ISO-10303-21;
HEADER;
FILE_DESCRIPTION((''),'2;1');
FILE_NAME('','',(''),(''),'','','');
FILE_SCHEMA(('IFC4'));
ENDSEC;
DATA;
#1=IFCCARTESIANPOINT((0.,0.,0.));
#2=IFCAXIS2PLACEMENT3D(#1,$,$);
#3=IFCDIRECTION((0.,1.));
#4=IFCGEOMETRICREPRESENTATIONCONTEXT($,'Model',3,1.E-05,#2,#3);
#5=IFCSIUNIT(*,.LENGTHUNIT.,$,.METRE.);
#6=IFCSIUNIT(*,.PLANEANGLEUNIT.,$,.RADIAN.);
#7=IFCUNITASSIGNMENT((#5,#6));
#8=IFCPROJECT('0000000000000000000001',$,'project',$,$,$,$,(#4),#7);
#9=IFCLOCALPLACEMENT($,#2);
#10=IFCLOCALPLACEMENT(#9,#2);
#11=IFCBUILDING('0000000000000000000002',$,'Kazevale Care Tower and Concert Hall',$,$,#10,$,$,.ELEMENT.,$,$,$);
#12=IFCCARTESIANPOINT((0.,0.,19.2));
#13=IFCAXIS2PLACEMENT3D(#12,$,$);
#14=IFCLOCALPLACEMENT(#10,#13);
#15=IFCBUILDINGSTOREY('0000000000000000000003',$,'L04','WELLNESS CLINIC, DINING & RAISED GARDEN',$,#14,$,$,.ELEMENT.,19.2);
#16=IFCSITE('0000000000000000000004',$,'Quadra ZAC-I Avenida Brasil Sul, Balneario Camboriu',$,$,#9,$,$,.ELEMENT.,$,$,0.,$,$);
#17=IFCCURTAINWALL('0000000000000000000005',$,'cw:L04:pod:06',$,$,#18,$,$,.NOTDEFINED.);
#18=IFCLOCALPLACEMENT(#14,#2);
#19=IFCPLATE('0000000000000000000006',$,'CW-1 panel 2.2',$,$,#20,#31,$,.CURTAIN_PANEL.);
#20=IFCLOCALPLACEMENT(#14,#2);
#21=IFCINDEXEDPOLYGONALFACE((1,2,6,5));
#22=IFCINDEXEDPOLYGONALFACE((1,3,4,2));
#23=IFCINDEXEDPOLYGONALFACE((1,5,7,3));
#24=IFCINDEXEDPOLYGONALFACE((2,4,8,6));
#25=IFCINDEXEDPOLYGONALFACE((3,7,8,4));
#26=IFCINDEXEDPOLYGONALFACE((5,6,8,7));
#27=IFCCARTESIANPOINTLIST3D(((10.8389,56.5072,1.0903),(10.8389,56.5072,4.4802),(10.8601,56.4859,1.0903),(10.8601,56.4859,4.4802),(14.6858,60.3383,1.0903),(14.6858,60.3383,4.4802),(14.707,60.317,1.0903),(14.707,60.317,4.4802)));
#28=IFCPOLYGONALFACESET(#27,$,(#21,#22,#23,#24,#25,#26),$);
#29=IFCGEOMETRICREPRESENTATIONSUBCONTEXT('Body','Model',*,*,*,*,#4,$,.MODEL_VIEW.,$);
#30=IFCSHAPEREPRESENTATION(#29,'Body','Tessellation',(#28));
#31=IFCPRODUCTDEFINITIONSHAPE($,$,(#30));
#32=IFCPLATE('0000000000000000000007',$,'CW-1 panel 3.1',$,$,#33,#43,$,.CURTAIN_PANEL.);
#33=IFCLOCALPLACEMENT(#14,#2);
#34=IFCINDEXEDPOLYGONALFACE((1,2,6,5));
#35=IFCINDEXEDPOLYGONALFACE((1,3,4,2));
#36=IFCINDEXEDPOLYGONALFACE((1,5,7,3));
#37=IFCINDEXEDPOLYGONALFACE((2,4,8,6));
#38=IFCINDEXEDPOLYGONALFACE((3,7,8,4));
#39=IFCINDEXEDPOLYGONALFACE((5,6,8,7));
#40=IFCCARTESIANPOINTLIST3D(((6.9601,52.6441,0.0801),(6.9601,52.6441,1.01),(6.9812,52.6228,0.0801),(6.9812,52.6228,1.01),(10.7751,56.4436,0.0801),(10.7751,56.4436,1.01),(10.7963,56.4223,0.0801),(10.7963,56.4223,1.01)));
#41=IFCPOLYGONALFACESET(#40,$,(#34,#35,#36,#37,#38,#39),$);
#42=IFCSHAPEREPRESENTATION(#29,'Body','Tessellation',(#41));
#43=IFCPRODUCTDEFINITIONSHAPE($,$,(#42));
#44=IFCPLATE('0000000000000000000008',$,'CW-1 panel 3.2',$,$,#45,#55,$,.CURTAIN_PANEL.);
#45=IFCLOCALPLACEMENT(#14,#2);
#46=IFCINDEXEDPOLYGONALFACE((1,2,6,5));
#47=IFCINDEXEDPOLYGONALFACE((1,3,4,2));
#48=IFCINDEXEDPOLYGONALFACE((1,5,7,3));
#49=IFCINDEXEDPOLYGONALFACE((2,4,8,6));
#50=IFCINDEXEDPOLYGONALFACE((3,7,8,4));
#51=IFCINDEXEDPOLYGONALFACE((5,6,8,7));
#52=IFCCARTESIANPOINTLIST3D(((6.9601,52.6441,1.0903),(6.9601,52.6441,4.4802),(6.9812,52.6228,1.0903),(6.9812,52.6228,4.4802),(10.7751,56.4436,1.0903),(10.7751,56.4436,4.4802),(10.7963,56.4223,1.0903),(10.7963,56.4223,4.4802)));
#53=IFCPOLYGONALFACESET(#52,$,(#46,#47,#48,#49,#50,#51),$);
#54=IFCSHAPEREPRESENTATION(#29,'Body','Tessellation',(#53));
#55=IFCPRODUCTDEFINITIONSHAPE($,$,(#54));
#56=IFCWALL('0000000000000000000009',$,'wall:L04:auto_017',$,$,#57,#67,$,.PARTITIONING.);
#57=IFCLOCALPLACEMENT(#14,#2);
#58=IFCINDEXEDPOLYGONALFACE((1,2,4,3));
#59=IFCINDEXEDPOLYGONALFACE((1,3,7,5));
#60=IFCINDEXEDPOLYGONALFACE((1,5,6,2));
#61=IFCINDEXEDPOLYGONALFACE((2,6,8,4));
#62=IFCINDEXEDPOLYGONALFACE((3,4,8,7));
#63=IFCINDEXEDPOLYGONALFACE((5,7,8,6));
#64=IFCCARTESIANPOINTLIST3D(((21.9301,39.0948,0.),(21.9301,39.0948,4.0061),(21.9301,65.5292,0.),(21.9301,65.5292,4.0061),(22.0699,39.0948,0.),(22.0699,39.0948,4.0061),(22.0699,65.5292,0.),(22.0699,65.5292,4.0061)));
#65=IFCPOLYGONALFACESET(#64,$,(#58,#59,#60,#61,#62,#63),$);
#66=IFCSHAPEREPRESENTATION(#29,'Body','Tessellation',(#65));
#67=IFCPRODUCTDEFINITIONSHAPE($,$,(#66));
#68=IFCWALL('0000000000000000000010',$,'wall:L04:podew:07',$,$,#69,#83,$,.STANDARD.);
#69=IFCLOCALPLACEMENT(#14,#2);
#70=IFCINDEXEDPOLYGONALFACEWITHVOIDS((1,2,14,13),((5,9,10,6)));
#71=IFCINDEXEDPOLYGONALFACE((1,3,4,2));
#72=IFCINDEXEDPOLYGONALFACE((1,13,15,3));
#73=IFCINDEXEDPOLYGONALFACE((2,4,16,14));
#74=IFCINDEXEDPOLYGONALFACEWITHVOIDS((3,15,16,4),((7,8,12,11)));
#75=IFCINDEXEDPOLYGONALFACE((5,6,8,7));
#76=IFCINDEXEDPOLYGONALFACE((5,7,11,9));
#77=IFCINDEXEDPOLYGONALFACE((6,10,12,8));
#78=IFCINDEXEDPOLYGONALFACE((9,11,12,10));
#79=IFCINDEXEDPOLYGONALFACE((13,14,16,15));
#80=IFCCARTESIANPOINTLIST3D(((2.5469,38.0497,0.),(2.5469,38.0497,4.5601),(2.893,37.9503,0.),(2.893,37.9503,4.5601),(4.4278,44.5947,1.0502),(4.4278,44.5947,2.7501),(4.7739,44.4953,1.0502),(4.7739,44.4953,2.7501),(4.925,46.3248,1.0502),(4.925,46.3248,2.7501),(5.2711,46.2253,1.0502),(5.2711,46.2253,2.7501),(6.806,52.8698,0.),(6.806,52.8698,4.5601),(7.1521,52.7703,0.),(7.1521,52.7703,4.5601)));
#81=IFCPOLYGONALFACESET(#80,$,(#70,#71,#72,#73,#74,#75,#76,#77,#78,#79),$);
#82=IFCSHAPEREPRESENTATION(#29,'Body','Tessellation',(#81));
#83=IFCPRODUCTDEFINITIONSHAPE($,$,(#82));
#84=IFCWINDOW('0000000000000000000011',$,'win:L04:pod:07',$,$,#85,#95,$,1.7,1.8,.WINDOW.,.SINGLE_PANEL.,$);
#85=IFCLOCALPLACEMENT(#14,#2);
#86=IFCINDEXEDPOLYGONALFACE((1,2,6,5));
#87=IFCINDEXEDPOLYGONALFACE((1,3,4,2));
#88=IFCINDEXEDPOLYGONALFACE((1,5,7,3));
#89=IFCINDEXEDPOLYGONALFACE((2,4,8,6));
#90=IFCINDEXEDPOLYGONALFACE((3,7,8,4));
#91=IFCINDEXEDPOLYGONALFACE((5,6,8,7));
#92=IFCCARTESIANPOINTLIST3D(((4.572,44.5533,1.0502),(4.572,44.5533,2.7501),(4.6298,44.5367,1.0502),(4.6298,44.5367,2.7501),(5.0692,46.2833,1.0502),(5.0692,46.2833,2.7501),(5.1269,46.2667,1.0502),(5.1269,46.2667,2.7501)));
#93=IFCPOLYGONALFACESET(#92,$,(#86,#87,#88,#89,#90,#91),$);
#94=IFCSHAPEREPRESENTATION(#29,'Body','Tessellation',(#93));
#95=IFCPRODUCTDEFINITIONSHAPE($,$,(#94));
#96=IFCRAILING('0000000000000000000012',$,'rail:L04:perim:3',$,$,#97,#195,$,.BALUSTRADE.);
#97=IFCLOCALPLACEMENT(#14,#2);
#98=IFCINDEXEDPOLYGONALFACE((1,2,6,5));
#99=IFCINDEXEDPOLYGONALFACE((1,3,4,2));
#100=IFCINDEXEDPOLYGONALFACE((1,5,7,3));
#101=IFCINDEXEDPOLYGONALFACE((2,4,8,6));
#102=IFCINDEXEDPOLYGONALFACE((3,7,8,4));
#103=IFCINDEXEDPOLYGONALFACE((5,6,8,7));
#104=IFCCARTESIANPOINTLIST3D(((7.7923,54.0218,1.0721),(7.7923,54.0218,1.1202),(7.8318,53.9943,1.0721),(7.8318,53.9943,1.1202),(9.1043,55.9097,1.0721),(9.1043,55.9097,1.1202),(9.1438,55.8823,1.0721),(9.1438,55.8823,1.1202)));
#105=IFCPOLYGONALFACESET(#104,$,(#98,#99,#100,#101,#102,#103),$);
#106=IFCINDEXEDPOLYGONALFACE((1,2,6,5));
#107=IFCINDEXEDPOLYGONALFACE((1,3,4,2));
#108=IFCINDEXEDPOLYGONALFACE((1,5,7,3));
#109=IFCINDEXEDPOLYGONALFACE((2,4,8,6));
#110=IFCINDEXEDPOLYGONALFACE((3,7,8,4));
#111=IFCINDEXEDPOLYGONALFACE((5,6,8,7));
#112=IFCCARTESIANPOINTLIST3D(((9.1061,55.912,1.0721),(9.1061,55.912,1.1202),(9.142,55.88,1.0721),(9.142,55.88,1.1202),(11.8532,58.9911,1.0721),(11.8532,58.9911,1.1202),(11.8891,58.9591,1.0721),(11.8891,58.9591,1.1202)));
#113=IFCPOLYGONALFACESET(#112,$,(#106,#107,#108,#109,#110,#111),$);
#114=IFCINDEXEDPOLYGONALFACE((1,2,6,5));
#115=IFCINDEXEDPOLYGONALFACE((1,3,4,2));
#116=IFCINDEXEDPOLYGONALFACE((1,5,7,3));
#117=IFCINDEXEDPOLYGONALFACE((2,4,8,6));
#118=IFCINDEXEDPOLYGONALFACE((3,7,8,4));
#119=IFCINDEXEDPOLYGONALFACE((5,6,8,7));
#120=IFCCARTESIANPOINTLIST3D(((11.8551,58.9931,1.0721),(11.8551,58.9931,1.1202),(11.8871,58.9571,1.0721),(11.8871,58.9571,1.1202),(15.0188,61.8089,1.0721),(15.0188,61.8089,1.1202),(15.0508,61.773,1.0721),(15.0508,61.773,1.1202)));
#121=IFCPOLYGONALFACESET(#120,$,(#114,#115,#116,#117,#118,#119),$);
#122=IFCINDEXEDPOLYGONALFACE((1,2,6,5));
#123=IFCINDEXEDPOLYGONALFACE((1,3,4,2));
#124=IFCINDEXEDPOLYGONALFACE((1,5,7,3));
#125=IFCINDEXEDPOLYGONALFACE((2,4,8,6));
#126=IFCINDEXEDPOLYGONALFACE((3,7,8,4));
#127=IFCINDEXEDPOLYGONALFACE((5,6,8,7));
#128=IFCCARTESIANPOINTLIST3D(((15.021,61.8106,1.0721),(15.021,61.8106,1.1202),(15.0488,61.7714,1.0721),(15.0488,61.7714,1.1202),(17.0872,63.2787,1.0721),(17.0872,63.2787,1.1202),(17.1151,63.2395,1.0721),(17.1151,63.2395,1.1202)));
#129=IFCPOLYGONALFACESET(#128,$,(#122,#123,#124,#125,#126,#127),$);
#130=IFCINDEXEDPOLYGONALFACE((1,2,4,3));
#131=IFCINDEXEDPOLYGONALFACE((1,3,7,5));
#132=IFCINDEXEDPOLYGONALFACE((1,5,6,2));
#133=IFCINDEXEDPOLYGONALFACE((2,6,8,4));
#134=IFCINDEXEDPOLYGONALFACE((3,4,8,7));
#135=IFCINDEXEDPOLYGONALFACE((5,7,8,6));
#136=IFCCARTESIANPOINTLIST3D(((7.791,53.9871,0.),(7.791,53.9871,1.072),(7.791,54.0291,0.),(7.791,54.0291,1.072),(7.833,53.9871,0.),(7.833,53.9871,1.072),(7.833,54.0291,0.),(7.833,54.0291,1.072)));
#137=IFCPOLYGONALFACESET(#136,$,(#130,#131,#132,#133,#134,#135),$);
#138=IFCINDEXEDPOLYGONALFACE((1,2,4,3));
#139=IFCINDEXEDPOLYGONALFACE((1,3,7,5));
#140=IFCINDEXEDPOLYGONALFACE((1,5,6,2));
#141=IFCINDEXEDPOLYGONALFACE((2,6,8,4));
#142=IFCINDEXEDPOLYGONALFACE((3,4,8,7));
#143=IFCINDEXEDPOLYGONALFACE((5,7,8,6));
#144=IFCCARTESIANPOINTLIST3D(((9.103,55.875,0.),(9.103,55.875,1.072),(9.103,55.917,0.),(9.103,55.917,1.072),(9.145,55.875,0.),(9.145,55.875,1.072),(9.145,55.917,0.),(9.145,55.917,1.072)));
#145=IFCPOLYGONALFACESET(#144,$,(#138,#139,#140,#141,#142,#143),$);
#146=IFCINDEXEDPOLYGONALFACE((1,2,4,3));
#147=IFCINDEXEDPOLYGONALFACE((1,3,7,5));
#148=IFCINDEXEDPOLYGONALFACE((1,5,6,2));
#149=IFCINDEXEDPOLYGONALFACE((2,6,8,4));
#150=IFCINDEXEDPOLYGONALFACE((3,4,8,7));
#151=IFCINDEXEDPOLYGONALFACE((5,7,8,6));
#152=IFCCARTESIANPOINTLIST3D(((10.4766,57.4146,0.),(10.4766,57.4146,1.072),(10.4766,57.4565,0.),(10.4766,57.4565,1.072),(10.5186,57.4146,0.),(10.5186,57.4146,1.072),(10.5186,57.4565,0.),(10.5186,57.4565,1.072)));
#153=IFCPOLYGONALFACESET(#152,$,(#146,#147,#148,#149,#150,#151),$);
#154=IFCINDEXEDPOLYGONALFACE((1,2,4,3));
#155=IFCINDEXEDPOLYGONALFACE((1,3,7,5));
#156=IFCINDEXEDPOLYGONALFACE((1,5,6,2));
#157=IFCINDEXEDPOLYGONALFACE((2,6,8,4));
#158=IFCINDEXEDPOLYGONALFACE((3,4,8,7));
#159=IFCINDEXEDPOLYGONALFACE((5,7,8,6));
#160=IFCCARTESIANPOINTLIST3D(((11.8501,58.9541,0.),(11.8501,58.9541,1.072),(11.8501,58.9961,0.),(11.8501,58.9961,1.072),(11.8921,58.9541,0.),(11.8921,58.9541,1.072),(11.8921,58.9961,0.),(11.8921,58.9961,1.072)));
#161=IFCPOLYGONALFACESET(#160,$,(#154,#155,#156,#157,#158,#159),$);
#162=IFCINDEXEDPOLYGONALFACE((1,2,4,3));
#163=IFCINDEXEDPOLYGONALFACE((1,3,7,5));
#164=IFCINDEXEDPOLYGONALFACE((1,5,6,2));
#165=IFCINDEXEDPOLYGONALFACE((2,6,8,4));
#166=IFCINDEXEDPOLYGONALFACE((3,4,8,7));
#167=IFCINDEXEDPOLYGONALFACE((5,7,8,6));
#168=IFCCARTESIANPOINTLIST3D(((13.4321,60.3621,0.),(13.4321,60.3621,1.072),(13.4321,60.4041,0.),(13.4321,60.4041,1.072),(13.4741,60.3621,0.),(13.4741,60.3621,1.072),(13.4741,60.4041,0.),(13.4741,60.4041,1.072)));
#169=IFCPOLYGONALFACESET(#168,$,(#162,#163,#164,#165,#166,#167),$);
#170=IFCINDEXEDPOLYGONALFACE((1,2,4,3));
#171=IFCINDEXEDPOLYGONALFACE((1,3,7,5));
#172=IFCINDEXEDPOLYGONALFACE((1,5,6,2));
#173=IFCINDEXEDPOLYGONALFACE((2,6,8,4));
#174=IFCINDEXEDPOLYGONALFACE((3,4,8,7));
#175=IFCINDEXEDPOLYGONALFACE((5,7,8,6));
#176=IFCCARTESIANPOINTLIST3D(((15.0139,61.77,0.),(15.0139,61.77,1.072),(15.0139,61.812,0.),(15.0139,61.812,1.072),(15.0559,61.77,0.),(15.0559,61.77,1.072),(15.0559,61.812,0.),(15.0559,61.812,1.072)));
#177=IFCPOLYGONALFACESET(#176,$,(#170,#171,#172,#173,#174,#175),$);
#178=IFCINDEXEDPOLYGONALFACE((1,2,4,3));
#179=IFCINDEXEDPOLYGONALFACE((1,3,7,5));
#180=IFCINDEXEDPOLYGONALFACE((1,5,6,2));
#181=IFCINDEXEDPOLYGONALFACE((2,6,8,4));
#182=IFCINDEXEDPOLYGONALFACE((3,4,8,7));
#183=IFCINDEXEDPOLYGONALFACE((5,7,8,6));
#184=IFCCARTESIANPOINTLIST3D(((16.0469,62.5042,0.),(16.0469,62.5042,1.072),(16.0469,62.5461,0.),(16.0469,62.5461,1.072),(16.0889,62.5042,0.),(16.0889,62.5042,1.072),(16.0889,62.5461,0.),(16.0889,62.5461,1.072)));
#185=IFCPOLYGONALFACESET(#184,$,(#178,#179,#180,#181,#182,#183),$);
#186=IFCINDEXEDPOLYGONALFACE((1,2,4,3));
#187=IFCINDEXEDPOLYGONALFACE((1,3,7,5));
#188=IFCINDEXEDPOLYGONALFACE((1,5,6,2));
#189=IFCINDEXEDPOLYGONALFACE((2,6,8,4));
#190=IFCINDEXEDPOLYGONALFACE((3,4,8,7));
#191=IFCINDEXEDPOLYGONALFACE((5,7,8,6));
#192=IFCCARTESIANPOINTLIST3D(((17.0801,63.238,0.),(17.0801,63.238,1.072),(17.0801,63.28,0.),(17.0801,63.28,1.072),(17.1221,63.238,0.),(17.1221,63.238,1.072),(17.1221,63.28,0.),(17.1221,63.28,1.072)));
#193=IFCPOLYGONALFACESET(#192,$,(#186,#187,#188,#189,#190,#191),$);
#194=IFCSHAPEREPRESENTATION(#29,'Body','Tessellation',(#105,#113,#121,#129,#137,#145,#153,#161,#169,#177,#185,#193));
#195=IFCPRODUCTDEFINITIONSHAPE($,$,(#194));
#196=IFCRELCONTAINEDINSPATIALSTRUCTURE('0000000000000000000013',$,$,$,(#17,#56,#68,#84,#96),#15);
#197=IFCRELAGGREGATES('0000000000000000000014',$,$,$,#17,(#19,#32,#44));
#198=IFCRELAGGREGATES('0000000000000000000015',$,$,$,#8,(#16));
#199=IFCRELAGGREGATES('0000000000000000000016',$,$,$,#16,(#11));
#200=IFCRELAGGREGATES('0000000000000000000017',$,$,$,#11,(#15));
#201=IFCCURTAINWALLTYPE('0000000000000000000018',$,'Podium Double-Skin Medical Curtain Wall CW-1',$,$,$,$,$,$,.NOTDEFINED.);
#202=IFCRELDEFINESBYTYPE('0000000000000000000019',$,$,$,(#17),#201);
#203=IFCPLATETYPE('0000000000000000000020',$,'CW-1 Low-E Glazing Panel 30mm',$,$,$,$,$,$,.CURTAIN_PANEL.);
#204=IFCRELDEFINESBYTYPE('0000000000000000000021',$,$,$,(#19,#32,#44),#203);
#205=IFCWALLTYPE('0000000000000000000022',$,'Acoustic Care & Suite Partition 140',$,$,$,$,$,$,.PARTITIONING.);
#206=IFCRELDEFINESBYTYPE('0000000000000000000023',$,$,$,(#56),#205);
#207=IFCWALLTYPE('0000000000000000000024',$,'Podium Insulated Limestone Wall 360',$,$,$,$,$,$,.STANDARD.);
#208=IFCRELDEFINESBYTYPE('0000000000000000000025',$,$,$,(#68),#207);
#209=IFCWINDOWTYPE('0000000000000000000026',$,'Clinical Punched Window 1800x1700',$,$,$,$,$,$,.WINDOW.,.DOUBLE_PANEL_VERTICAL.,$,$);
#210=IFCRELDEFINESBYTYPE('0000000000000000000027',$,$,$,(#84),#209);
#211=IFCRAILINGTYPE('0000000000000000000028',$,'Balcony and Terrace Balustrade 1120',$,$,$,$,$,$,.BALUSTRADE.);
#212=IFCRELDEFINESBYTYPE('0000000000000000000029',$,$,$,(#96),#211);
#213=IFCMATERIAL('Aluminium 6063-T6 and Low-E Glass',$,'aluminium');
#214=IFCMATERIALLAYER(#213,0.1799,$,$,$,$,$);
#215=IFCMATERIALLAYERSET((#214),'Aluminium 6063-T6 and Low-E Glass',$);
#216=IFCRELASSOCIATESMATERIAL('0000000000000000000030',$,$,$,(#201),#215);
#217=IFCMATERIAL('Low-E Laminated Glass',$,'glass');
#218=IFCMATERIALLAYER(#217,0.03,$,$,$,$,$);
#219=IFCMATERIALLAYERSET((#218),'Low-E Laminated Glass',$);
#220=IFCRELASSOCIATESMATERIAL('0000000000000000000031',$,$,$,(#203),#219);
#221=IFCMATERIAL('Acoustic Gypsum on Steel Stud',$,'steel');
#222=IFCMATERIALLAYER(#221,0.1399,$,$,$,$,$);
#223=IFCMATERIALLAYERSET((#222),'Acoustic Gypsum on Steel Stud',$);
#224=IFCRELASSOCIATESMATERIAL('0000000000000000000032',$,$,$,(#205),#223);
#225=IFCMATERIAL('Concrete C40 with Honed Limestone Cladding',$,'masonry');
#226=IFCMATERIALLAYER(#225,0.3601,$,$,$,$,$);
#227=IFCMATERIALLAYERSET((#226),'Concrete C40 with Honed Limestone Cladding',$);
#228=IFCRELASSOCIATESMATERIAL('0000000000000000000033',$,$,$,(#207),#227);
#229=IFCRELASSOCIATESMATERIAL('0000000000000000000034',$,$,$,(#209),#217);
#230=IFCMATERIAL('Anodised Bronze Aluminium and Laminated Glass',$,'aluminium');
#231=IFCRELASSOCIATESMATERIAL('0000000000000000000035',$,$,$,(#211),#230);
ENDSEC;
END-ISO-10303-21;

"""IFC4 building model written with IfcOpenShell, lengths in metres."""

from ifc_helpers import new_model, si_unit, direction, frame, frame_2d, origin, origin_2d, place, context, subcontext, project, spatial, rectangle, extrude, material, layer, layer_set, type_object, element, fill, aggregate, save


model = new_model("IFC4")

# Units and contexts
model_context = context("Model", 3, precision=1e-05, world=origin(), true_north=direction((0.0, 1.0)))
body_context = subcontext(model_context, "Body", "Model", "MODEL_VIEW")
ifc_project = project(units=[si_unit("LENGTHUNIT", "METRE"), si_unit("PLANEANGLEUNIT", "RADIAN")], contexts=[model_context])

# Site, building, storey
site_placement = place(None, origin())
site = spatial("IfcSite", under=ifc_project, at=site_placement, Name="Quadra ZAC-I Avenida Brasil Sul, Balneario Camboriu", CompositionType="ELEMENT", RefElevation=0.0)
building_placement = place(site_placement, origin())
building = spatial("IfcBuilding", under=site, at=building_placement, Name="Kazevale Care Tower and Concert Hall", CompositionType="ELEMENT")
storey_placement = place(building_placement, frame((0.0, 0.0, 19.2)))
storey = spatial("IfcBuildingStorey", under=building, at=storey_placement, Name="L04", Description="WELLNESS CLINIC, DINING & RAISED GARDEN", CompositionType="ELEMENT", Elevation=19.2)

# Curtain wall
ifc_material_1 = material(Name="Aluminium 6063-T6 and Low-E Glass", Category="aluminium")
ifc_layer_1 = layer(ifc_material_1, 0.1799)
ifc_layer_set_1 = layer_set([ifc_layer_1], Name="Aluminium 6063-T6 and Low-E Glass")
curtain_wall_type = type_object("IfcCurtainWallType", Name="Podium Double-Skin Medical Curtain Wall CW-1", PredefinedType="NOTDEFINED", material=ifc_layer_set_1)
curtain_wall_placement = place(storey_placement, origin())
curtain_wall = element("IfcCurtainWall", 1, at=curtain_wall_placement, inside=storey, type_object=curtain_wall_type, Name="cw:L04:pod:06", PredefinedType="NOTDEFINED")

# Plates
ifc_material_2 = material(Name="Low-E Laminated Glass", Category="glass")
ifc_layer_2 = layer(ifc_material_2, 0.03)
ifc_layer_set_2 = layer_set([ifc_layer_2], Name="Low-E Laminated Glass")
plate_type = type_object("IfcPlateType", Name="CW-1 Low-E Glazing Panel 30mm", PredefinedType="CURTAIN_PANEL", material=ifc_layer_set_2)
plate_1_placement = place(storey_placement, frame((12.7729, 58.4121, 1.0903), z_axis=(0.0, 0.0, 1.0), x_axis=(-0.708555, -0.705656, 0.0)))
plate_1 = element("IfcPlate", 2, at=plate_1_placement, type_object=plate_type, Name="CW-1 panel 2.2", PredefinedType="CURTAIN_PANEL", context=body_context, shape_type="SweptSolid", body=[
    extrude(rectangle(XDim=5.4292, YDim=0.03, at=origin_2d()), origin(), (0.0, 0.0, 1.0), 3.3899),
])
plate_2_placement = place(storey_placement, frame((8.8782, 54.5332, 0.0801), z_axis=(0.0, 0.0, 1.0), x_axis=(-0.708555, -0.705656, 0.0)))
plate_2 = element("IfcPlate", 3, at=plate_2_placement, type_object=plate_type, Name="CW-1 panel 3.1", PredefinedType="CURTAIN_PANEL", context=body_context, shape_type="SweptSolid", body=[
    extrude(rectangle(XDim=5.3843, YDim=0.03, at=origin_2d()), origin(), (0.0, 0.0, 1.0), 0.9299),
])
plate_3_placement = place(storey_placement, frame((8.8782, 54.5332, 1.0903), z_axis=(0.0, 0.0, 1.0), x_axis=(-0.708555, -0.705656, 0.0)))
plate_3 = element("IfcPlate", 4, at=plate_3_placement, type_object=plate_type, Name="CW-1 panel 3.2", PredefinedType="CURTAIN_PANEL", context=body_context, shape_type="SweptSolid", body=[
    extrude(rectangle(XDim=5.3843, YDim=0.03, at=origin_2d()), origin(), (0.0, 0.0, 1.0), 3.3899),
])
aggregate(curtain_wall, [plate_1, plate_2, plate_3])

# Wall
ifc_material_3 = material(Name="Acoustic Gypsum on Steel Stud", Category="steel")
ifc_layer_3 = layer(ifc_material_3, 0.1399)
ifc_layer_set_3 = layer_set([ifc_layer_3], Name="Acoustic Gypsum on Steel Stud")
wall_type_1 = type_object("IfcWallType", Name="Acoustic Care & Suite Partition 140", PredefinedType="PARTITIONING", material=ifc_layer_set_3)
wall_1_placement = place(storey_placement, frame((22.0, 65.5293, 0.0), z_axis=(0.0, 0.0, 1.0), x_axis=(0.0, -1.0, 0.0)))
element("IfcWall", 5, at=wall_1_placement, inside=storey, type_object=wall_type_1, Name="wall:L04:auto_017", PredefinedType="PARTITIONING", context=body_context, shape_type="SweptSolid", body=[
    extrude(rectangle(XDim=26.4343, YDim=0.1399, at=frame_2d((13.2173, 0.0))), origin(), (0.0, 0.0, 1.0), 4.0061),
])

# Wall, opening, window
ifc_material_4 = material(Name="Concrete C40 with Honed Limestone Cladding", Category="masonry")
ifc_layer_4 = layer(ifc_material_4, 0.3601)
ifc_layer_set_4 = layer_set([ifc_layer_4], Name="Concrete C40 with Honed Limestone Cladding")
wall_type_2 = type_object("IfcWallType", Name="Podium Insulated Limestone Wall 360", PredefinedType="STANDARD", material=ifc_layer_set_4)
wall_2_placement = place(storey_placement, frame((6.979, 52.8201, 0.0), z_axis=(0.0, 0.0, 1.0), x_axis=(-0.276203, -0.961099, 0.0)))
wall_2 = element("IfcWall", 6, at=wall_2_placement, inside=storey, type_object=wall_type_2, Name="wall:L04:podew:07", PredefinedType="STANDARD", context=body_context, shape_type="SweptSolid", body=[
    extrude(rectangle(XDim=15.4199, YDim=0.3601, at=frame_2d((7.71, 0.0))), origin(), (0.0, 0.0, 1.0), 4.5601),
])
opening_placement = place(wall_2_placement, frame((6.8101, 0.0, 1.05)))
opening = element("IfcOpeningElement", 7, at=opening_placement, cuts=wall_2, PredefinedType="OPENING", context=body_context, shape_type="SweptSolid", body=[
    extrude(rectangle(XDim=1.8, YDim=1.7, at=frame_2d((0.8999, 0.8501))), frame((0.0, 0.1899, 0.0), z_axis=(0.0, -1.0, 0.0), x_axis=(1.0, 0.0, 0.0)), (0.0, 0.0, 1.0), 0.3801),
])
window_type = type_object("IfcWindowType", Name="Clinical Punched Window 1800x1700", PartitioningType="DOUBLE_PANEL_VERTICAL", PredefinedType="WINDOW", material=ifc_material_2)
window_placement = place(opening_placement, origin())
window = element("IfcWindow", 8, at=window_placement, inside=storey, type_object=window_type, Name="win:L04:pod:07", OverallHeight=1.7, OverallWidth=1.8, PartitioningType="SINGLE_PANEL", PredefinedType="WINDOW", context=body_context, shape_type="SweptSolid", body=[
    extrude(rectangle(XDim=1.8, YDim=1.7, at=frame_2d((0.8999, 0.8501))), frame((0.0, 0.03, 0.0), z_axis=(0.0, -1.0, 0.0), x_axis=(1.0, 0.0, 0.0)), (0.0, 0.0, 1.0), 0.0601),
])
fill(opening, window)

# Railing
ifc_material_5 = material(Name="Anodised Bronze Aluminium and Laminated Glass", Category="aluminium")
railing_type = type_object("IfcRailingType", Name="Balcony and Terrace Balustrade 1120", PredefinedType="BALUSTRADE", material=ifc_material_5)
railing_1_placement = place(storey_placement, frame((7.812, 54.0081, 0.0)))
element("IfcRailing", 9, at=railing_1_placement, inside=storey, type_object=railing_type, Name="rail:L04:perim:3", PredefinedType="BALUSTRADE", context=body_context, shape_type="SweptSolid", body=[
    extrude(rectangle(XDim=0.0481, YDim=0.0481, at=origin_2d()), frame((0.0, 0.0, 1.0962), z_axis=(0.570672, 0.821178, 0.0), x_axis=(-0.821178, 0.570672, 0.0)), (0.0, 0.0, 1.0), 2.2991),
    extrude(rectangle(XDim=0.0481, YDim=0.0481, at=origin_2d()), frame((1.312, 1.8879, 1.0962), z_axis=(0.665729, 0.746194, 0.0), x_axis=(-0.746194, 0.665729, 0.0)), (0.0, 0.0, 1.0), 4.1265),
    extrude(rectangle(XDim=0.0481, YDim=0.0481, at=origin_2d()), frame((4.0591, 4.967, 1.0962), z_axis=(0.746983, 0.664843, 0.0), x_axis=(-0.664843, 0.746983, 0.0)), (0.0, 0.0, 1.0), 4.2354),
    extrude(rectangle(XDim=0.0481, YDim=0.0481, at=origin_2d()), frame((7.2229, 7.783, 1.0962), z_axis=(0.815189, 0.579195, 0.0), x_axis=(-0.579195, 0.815189, 0.0)), (0.0, 0.0, 1.0), 2.5347),
    extrude(rectangle(XDim=0.042, YDim=0.042, at=origin_2d()), origin(), (0.0, 0.0, 1.0), 1.072),
    extrude(rectangle(XDim=0.042, YDim=0.042, at=origin_2d()), frame((1.312, 1.8879, 0.0)), (0.0, 0.0, 1.0), 1.072),
    extrude(rectangle(XDim=0.042, YDim=0.042, at=origin_2d()), frame((2.6855, 3.4275, 0.0)), (0.0, 0.0, 1.0), 1.072),
    extrude(rectangle(XDim=0.042, YDim=0.042, at=origin_2d()), frame((4.0591, 4.967, 0.0)), (0.0, 0.0, 1.0), 1.072),
    extrude(rectangle(XDim=0.042, YDim=0.042, at=origin_2d()), frame((5.6411, 6.375, 0.0)), (0.0, 0.0, 1.0), 1.072),
    extrude(rectangle(XDim=0.042, YDim=0.042, at=origin_2d()), frame((7.2229, 7.783, 0.0)), (0.0, 0.0, 1.0), 1.072),
    extrude(rectangle(XDim=0.042, YDim=0.042, at=origin_2d()), frame((8.2559, 8.5171, 0.0)), (0.0, 0.0, 1.0), 1.072),
    extrude(rectangle(XDim=0.042, YDim=0.042, at=origin_2d()), frame((9.2891, 9.251, 0.0)), (0.0, 0.0, 1.0), 1.072),
])

save(model, "model.ifc")
